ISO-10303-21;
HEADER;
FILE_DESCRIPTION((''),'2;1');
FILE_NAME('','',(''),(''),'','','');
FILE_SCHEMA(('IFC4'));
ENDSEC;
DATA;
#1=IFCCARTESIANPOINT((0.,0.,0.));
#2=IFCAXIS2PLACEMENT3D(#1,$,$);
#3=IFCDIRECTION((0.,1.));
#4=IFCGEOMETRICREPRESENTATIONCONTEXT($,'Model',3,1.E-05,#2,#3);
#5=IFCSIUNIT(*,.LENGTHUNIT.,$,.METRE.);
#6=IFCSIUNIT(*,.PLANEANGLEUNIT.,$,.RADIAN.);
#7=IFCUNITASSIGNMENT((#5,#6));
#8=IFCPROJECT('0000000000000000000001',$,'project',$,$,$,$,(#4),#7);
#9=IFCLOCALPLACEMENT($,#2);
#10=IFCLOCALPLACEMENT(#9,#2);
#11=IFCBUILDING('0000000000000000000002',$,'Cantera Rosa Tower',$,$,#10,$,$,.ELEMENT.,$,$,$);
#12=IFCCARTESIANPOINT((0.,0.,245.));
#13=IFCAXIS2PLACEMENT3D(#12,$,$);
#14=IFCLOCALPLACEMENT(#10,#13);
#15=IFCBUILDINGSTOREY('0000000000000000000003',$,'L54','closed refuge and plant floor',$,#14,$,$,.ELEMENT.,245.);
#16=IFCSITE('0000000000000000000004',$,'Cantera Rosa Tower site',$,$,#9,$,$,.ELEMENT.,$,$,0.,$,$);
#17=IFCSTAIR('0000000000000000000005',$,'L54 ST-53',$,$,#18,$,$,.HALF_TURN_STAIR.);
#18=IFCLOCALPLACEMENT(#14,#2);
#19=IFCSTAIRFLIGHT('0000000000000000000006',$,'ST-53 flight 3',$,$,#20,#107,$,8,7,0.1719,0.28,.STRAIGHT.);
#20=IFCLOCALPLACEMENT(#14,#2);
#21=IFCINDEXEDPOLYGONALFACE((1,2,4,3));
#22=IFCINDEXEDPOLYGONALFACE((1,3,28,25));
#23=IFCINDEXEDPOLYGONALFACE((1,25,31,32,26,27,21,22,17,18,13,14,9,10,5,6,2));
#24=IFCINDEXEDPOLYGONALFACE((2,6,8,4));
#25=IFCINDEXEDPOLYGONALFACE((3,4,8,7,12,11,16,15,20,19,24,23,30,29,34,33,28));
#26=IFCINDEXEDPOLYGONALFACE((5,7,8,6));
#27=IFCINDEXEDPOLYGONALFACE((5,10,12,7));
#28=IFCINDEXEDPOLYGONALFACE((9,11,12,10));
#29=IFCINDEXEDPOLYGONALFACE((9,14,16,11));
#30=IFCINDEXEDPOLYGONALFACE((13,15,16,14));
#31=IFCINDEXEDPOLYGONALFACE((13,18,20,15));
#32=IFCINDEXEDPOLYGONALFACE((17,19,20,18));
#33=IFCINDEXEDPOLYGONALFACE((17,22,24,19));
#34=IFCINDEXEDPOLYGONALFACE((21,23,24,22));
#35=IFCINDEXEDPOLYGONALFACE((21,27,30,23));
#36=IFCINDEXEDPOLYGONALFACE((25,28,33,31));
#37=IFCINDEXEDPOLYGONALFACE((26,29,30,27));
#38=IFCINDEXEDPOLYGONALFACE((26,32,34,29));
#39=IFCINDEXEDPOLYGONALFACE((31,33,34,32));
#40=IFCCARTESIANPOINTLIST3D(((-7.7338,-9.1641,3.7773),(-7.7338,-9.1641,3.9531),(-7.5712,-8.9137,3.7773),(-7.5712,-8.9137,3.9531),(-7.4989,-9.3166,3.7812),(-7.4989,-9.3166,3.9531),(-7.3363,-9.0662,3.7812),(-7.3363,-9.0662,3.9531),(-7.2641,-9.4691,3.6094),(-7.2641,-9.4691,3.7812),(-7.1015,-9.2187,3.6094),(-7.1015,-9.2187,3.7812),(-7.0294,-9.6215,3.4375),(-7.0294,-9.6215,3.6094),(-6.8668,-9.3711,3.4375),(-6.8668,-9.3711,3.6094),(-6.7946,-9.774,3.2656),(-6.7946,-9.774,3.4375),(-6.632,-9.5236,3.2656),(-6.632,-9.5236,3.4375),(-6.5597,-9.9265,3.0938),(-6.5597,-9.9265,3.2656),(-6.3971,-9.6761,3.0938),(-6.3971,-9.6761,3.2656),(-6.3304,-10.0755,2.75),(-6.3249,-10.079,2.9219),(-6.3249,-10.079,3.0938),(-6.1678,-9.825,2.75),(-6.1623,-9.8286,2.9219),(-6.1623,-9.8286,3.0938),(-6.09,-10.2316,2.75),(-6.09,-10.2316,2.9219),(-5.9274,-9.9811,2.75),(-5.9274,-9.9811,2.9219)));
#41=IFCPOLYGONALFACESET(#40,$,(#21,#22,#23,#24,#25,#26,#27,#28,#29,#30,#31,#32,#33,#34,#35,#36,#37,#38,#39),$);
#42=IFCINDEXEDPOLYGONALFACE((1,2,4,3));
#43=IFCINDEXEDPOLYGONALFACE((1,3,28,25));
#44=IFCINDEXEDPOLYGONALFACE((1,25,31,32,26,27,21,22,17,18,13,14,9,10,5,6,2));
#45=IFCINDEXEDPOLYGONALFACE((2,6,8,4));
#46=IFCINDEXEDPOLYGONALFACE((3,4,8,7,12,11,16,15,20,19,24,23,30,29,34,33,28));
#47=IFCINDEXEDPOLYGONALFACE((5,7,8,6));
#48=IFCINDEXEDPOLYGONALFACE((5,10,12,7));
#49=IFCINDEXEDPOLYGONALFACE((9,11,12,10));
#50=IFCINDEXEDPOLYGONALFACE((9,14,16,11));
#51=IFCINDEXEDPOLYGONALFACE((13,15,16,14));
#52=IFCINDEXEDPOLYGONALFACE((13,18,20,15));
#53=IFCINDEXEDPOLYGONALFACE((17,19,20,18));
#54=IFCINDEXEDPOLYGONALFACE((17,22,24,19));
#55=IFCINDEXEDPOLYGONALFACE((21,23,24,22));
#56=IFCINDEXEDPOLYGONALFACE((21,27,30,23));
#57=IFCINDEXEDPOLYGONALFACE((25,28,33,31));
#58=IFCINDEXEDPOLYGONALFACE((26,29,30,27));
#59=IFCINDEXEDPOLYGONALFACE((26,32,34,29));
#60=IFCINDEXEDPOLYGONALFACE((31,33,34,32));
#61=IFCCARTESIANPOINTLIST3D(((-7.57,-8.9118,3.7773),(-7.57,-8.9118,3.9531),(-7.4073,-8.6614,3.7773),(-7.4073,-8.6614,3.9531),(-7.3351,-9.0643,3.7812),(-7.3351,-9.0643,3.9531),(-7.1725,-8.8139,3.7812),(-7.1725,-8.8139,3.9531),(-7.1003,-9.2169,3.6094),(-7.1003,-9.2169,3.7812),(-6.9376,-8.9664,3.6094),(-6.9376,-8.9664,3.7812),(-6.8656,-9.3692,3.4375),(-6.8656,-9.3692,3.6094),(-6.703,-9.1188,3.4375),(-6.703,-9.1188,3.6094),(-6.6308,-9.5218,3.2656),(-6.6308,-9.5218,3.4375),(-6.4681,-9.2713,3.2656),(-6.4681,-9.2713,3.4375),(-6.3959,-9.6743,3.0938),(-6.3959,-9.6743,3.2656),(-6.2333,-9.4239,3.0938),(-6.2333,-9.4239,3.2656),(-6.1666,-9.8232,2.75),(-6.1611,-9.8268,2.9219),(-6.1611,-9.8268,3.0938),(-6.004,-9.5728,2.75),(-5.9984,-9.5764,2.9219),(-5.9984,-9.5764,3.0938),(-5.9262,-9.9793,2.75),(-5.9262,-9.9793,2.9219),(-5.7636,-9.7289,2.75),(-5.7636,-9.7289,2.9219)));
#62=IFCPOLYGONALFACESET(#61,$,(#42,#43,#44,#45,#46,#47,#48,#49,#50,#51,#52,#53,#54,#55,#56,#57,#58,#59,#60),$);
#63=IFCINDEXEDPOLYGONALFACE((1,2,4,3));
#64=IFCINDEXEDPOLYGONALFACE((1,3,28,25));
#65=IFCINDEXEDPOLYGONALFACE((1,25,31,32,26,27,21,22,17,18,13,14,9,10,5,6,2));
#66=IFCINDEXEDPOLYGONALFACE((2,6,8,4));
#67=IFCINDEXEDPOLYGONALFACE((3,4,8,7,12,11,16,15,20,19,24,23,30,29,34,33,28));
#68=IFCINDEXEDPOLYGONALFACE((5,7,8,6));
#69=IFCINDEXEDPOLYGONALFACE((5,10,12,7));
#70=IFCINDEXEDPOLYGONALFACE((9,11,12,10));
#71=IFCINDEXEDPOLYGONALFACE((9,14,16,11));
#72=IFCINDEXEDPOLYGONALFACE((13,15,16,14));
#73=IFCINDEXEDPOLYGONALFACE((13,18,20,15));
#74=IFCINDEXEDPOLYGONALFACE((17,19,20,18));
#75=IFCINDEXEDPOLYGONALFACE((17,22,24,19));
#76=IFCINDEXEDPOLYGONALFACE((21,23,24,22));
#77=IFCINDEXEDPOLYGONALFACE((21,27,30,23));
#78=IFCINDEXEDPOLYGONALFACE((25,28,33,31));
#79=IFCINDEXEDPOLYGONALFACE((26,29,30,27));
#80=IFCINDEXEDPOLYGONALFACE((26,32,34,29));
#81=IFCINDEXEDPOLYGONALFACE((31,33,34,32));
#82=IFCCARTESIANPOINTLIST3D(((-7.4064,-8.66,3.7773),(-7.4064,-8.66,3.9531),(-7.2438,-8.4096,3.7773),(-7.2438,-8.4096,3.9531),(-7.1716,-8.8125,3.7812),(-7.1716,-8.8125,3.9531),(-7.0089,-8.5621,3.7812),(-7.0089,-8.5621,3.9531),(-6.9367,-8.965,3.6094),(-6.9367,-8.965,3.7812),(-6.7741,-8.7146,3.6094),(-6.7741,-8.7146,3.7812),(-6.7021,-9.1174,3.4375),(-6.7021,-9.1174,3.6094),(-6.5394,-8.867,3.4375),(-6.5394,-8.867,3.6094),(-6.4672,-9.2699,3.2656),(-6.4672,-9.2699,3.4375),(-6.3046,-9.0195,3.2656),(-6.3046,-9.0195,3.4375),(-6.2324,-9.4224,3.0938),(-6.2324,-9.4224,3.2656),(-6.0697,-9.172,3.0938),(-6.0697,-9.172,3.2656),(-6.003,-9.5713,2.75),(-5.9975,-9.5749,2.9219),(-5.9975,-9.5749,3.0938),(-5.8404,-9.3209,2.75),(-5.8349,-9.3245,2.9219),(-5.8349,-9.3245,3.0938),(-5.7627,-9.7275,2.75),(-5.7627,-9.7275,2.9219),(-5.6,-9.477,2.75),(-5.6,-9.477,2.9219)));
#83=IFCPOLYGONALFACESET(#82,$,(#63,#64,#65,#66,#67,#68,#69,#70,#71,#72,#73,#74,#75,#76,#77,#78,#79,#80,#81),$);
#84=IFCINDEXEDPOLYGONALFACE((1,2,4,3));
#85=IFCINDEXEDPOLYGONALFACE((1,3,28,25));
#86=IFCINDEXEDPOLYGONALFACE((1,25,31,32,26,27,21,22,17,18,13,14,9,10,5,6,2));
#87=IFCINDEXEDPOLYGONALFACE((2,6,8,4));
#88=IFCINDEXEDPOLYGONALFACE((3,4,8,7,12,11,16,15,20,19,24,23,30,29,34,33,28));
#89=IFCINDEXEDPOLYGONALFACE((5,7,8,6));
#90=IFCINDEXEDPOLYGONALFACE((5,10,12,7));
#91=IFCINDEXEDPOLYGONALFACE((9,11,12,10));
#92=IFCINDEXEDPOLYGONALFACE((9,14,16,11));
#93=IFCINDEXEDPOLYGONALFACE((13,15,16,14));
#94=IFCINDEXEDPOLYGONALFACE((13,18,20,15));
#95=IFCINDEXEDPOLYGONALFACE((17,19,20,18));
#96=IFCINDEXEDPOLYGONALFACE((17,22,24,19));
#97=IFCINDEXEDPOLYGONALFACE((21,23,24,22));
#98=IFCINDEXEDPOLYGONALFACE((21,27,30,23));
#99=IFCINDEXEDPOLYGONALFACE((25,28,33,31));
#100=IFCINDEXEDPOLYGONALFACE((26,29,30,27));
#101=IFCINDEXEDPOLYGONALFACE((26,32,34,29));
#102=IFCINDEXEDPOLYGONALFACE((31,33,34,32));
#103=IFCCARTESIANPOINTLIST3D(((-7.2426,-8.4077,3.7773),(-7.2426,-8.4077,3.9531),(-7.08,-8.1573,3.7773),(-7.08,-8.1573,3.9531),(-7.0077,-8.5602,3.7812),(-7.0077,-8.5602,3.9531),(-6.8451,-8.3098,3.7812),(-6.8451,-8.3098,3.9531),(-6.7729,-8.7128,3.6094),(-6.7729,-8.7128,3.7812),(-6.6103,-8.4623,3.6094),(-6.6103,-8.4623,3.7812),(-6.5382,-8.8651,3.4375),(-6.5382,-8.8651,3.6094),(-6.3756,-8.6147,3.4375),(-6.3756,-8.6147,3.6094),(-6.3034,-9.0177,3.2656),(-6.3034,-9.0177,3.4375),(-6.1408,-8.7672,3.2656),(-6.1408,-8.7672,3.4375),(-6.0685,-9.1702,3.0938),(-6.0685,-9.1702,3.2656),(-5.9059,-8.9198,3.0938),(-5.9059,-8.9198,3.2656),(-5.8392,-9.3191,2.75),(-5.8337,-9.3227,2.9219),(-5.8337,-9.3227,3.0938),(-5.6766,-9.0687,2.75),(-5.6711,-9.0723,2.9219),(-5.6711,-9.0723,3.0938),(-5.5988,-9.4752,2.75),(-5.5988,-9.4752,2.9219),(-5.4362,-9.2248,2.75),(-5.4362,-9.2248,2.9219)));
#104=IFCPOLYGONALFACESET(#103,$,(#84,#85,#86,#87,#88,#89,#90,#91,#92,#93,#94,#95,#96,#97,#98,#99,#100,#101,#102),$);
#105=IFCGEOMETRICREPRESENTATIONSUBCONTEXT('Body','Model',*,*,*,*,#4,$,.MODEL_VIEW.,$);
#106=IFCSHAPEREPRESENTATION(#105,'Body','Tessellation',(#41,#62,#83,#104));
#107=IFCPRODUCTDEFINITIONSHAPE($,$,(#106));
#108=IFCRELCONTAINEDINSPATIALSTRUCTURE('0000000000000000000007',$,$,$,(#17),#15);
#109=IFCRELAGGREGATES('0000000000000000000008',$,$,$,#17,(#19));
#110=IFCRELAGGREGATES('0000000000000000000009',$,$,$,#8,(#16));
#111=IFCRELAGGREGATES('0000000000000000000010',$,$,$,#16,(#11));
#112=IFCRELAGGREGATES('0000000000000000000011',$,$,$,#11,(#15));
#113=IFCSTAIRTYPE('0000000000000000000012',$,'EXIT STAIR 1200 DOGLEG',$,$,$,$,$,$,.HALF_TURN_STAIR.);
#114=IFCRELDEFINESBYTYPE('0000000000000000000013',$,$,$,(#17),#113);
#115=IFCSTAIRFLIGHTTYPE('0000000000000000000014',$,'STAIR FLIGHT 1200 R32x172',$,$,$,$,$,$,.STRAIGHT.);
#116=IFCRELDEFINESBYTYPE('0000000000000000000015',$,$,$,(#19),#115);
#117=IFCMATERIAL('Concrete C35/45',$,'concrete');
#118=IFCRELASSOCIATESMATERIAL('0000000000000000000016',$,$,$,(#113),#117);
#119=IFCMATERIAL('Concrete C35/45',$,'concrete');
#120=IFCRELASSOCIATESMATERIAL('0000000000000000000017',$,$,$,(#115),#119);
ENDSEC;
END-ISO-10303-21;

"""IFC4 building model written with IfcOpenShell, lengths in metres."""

from ifc_helpers import new_model, si_unit, direction, frame, origin, place, context, subcontext, project, spatial, polyline, outline, extrude, material, type_object, element, aggregate, save


model = new_model("IFC4")

# Units and contexts
model_context = context("Model", 3, precision=1e-05, world=origin(), true_north=direction((0.0, 1.0)))
body_context = subcontext(model_context, "Body", "Model", "MODEL_VIEW")
ifc_project = project(units=[si_unit("LENGTHUNIT", "METRE"), si_unit("PLANEANGLEUNIT", "RADIAN")], contexts=[model_context])

# Site, building, storey
site_placement = place(None, origin())
site = spatial("IfcSite", under=ifc_project, at=site_placement, Name="Cantera Rosa Tower site", CompositionType="ELEMENT", RefElevation=0.0)
building_placement = place(site_placement, origin())
building = spatial("IfcBuilding", under=site, at=building_placement, Name="Cantera Rosa Tower", CompositionType="ELEMENT")
storey_placement = place(building_placement, frame((0.0, 0.0, 245.0)))
storey = spatial("IfcBuildingStorey", under=building, at=storey_placement, Name="L54", Description="closed refuge and plant floor", CompositionType="ELEMENT", Elevation=245.0)

# Stair, stair flight
ifc_material_1 = material(Name="Concrete C35/45", Category="concrete")
stair_type = type_object("IfcStairType", Name="EXIT STAIR 1200 DOGLEG", PredefinedType="HALF_TURN_STAIR", material=ifc_material_1)
stair_placement = place(storey_placement, origin())
stair = element("IfcStair", 1, at=stair_placement, inside=storey, type_object=stair_type, Name="L54 ST-53", PredefinedType="HALF_TURN_STAIR")
ifc_material_2 = material(Name="Concrete C35/45", Category="concrete")
stair_flight_type = type_object("IfcStairFlightType", Name="STAIR FLIGHT 1200 R32x172", PredefinedType="STRAIGHT", material=ifc_material_2)
stair_flight_1_placement = place(storey_placement, frame((-5.7632, -9.7283, 2.75), z_axis=(0.0, 0.0, 1.0), x_axis=(-0.838671, 0.544639, 0.0)))
stair_flight_1 = element("IfcStairFlight", 2, at=stair_flight_1_placement, type_object=stair_flight_type, Name="ST-53 flight 3", NumberOfRisers=8, NumberOfTreads=7, PredefinedType="STRAIGHT", RiserHeight=0.1719, TreadLength=0.28, context=body_context, shape_type="SweptSolid", body=[
    extrude(outline(polyline([(0.0, 0.0), (0.0, 0.1719), (0.28, 0.1719), (0.28, 0.3438), (0.5601, 0.3438), (0.5601, 0.5156), (0.8401, 0.5156), (0.8401, 0.6875), (1.1201, 0.6875), (1.1201, 0.8594), (1.3999, 0.8594), (1.3999, 1.0312), (1.6799, 1.0312), (1.6799, 1.2031), (1.96, 1.2031), (1.96, 1.375), (1.96, 1.0273), (0.2866, 0.0), (0.0, 0.0)])), frame((0.0, 0.6001, 0.0), z_axis=(0.0, -1.0, 0.0), x_axis=(1.0, 0.0, 0.0)), (0.0, 0.0, 1.0), 0.2986),
    extrude(outline(polyline([(0.0, 0.0), (0.0, 0.1719), (0.28, 0.1719), (0.28, 0.3438), (0.5601, 0.3438), (0.5601, 0.5156), (0.8401, 0.5156), (0.8401, 0.6875), (1.1201, 0.6875), (1.1201, 0.8594), (1.3999, 0.8594), (1.3999, 1.0312), (1.6799, 1.0312), (1.6799, 1.2031), (1.96, 1.2031), (1.96, 1.375), (1.96, 1.0273), (0.2866, 0.0), (0.0, 0.0)])), frame((0.0, 0.2993, 0.0), z_axis=(0.0, -1.0, 0.0), x_axis=(1.0, 0.0, 0.0)), (0.0, 0.0, 1.0), 0.2986),
    extrude(outline(polyline([(0.0, 0.0), (0.0, 0.1719), (0.28, 0.1719), (0.28, 0.3438), (0.5601, 0.3438), (0.5601, 0.5156), (0.8401, 0.5156), (0.8401, 0.6875), (1.1201, 0.6875), (1.1201, 0.8594), (1.3999, 0.8594), (1.3999, 1.0312), (1.6799, 1.0312), (1.6799, 1.2031), (1.96, 1.2031), (1.96, 1.375), (1.96, 1.0273), (0.2866, 0.0), (0.0, 0.0)])), frame((0.0, -0.001, 0.0), z_axis=(0.0, -1.0, 0.0), x_axis=(1.0, 0.0, 0.0)), (0.0, 0.0, 1.0), 0.2986),
    extrude(outline(polyline([(0.0, 0.0), (0.0, 0.1719), (0.28, 0.1719), (0.28, 0.3438), (0.5601, 0.3438), (0.5601, 0.5156), (0.8401, 0.5156), (0.8401, 0.6875), (1.1201, 0.6875), (1.1201, 0.8594), (1.3999, 0.8594), (1.3999, 1.0312), (1.6799, 1.0312), (1.6799, 1.2031), (1.96, 1.2031), (1.96, 1.375), (1.96, 1.0273), (0.2866, 0.0), (0.0, 0.0)])), frame((0.0, -0.3018, 0.0), z_axis=(0.0, -1.0, 0.0), x_axis=(1.0, 0.0, 0.0)), (0.0, 0.0, 1.0), 0.2986),
])
aggregate(stair, [stair_flight_1])

save(model, "model.ifc")
